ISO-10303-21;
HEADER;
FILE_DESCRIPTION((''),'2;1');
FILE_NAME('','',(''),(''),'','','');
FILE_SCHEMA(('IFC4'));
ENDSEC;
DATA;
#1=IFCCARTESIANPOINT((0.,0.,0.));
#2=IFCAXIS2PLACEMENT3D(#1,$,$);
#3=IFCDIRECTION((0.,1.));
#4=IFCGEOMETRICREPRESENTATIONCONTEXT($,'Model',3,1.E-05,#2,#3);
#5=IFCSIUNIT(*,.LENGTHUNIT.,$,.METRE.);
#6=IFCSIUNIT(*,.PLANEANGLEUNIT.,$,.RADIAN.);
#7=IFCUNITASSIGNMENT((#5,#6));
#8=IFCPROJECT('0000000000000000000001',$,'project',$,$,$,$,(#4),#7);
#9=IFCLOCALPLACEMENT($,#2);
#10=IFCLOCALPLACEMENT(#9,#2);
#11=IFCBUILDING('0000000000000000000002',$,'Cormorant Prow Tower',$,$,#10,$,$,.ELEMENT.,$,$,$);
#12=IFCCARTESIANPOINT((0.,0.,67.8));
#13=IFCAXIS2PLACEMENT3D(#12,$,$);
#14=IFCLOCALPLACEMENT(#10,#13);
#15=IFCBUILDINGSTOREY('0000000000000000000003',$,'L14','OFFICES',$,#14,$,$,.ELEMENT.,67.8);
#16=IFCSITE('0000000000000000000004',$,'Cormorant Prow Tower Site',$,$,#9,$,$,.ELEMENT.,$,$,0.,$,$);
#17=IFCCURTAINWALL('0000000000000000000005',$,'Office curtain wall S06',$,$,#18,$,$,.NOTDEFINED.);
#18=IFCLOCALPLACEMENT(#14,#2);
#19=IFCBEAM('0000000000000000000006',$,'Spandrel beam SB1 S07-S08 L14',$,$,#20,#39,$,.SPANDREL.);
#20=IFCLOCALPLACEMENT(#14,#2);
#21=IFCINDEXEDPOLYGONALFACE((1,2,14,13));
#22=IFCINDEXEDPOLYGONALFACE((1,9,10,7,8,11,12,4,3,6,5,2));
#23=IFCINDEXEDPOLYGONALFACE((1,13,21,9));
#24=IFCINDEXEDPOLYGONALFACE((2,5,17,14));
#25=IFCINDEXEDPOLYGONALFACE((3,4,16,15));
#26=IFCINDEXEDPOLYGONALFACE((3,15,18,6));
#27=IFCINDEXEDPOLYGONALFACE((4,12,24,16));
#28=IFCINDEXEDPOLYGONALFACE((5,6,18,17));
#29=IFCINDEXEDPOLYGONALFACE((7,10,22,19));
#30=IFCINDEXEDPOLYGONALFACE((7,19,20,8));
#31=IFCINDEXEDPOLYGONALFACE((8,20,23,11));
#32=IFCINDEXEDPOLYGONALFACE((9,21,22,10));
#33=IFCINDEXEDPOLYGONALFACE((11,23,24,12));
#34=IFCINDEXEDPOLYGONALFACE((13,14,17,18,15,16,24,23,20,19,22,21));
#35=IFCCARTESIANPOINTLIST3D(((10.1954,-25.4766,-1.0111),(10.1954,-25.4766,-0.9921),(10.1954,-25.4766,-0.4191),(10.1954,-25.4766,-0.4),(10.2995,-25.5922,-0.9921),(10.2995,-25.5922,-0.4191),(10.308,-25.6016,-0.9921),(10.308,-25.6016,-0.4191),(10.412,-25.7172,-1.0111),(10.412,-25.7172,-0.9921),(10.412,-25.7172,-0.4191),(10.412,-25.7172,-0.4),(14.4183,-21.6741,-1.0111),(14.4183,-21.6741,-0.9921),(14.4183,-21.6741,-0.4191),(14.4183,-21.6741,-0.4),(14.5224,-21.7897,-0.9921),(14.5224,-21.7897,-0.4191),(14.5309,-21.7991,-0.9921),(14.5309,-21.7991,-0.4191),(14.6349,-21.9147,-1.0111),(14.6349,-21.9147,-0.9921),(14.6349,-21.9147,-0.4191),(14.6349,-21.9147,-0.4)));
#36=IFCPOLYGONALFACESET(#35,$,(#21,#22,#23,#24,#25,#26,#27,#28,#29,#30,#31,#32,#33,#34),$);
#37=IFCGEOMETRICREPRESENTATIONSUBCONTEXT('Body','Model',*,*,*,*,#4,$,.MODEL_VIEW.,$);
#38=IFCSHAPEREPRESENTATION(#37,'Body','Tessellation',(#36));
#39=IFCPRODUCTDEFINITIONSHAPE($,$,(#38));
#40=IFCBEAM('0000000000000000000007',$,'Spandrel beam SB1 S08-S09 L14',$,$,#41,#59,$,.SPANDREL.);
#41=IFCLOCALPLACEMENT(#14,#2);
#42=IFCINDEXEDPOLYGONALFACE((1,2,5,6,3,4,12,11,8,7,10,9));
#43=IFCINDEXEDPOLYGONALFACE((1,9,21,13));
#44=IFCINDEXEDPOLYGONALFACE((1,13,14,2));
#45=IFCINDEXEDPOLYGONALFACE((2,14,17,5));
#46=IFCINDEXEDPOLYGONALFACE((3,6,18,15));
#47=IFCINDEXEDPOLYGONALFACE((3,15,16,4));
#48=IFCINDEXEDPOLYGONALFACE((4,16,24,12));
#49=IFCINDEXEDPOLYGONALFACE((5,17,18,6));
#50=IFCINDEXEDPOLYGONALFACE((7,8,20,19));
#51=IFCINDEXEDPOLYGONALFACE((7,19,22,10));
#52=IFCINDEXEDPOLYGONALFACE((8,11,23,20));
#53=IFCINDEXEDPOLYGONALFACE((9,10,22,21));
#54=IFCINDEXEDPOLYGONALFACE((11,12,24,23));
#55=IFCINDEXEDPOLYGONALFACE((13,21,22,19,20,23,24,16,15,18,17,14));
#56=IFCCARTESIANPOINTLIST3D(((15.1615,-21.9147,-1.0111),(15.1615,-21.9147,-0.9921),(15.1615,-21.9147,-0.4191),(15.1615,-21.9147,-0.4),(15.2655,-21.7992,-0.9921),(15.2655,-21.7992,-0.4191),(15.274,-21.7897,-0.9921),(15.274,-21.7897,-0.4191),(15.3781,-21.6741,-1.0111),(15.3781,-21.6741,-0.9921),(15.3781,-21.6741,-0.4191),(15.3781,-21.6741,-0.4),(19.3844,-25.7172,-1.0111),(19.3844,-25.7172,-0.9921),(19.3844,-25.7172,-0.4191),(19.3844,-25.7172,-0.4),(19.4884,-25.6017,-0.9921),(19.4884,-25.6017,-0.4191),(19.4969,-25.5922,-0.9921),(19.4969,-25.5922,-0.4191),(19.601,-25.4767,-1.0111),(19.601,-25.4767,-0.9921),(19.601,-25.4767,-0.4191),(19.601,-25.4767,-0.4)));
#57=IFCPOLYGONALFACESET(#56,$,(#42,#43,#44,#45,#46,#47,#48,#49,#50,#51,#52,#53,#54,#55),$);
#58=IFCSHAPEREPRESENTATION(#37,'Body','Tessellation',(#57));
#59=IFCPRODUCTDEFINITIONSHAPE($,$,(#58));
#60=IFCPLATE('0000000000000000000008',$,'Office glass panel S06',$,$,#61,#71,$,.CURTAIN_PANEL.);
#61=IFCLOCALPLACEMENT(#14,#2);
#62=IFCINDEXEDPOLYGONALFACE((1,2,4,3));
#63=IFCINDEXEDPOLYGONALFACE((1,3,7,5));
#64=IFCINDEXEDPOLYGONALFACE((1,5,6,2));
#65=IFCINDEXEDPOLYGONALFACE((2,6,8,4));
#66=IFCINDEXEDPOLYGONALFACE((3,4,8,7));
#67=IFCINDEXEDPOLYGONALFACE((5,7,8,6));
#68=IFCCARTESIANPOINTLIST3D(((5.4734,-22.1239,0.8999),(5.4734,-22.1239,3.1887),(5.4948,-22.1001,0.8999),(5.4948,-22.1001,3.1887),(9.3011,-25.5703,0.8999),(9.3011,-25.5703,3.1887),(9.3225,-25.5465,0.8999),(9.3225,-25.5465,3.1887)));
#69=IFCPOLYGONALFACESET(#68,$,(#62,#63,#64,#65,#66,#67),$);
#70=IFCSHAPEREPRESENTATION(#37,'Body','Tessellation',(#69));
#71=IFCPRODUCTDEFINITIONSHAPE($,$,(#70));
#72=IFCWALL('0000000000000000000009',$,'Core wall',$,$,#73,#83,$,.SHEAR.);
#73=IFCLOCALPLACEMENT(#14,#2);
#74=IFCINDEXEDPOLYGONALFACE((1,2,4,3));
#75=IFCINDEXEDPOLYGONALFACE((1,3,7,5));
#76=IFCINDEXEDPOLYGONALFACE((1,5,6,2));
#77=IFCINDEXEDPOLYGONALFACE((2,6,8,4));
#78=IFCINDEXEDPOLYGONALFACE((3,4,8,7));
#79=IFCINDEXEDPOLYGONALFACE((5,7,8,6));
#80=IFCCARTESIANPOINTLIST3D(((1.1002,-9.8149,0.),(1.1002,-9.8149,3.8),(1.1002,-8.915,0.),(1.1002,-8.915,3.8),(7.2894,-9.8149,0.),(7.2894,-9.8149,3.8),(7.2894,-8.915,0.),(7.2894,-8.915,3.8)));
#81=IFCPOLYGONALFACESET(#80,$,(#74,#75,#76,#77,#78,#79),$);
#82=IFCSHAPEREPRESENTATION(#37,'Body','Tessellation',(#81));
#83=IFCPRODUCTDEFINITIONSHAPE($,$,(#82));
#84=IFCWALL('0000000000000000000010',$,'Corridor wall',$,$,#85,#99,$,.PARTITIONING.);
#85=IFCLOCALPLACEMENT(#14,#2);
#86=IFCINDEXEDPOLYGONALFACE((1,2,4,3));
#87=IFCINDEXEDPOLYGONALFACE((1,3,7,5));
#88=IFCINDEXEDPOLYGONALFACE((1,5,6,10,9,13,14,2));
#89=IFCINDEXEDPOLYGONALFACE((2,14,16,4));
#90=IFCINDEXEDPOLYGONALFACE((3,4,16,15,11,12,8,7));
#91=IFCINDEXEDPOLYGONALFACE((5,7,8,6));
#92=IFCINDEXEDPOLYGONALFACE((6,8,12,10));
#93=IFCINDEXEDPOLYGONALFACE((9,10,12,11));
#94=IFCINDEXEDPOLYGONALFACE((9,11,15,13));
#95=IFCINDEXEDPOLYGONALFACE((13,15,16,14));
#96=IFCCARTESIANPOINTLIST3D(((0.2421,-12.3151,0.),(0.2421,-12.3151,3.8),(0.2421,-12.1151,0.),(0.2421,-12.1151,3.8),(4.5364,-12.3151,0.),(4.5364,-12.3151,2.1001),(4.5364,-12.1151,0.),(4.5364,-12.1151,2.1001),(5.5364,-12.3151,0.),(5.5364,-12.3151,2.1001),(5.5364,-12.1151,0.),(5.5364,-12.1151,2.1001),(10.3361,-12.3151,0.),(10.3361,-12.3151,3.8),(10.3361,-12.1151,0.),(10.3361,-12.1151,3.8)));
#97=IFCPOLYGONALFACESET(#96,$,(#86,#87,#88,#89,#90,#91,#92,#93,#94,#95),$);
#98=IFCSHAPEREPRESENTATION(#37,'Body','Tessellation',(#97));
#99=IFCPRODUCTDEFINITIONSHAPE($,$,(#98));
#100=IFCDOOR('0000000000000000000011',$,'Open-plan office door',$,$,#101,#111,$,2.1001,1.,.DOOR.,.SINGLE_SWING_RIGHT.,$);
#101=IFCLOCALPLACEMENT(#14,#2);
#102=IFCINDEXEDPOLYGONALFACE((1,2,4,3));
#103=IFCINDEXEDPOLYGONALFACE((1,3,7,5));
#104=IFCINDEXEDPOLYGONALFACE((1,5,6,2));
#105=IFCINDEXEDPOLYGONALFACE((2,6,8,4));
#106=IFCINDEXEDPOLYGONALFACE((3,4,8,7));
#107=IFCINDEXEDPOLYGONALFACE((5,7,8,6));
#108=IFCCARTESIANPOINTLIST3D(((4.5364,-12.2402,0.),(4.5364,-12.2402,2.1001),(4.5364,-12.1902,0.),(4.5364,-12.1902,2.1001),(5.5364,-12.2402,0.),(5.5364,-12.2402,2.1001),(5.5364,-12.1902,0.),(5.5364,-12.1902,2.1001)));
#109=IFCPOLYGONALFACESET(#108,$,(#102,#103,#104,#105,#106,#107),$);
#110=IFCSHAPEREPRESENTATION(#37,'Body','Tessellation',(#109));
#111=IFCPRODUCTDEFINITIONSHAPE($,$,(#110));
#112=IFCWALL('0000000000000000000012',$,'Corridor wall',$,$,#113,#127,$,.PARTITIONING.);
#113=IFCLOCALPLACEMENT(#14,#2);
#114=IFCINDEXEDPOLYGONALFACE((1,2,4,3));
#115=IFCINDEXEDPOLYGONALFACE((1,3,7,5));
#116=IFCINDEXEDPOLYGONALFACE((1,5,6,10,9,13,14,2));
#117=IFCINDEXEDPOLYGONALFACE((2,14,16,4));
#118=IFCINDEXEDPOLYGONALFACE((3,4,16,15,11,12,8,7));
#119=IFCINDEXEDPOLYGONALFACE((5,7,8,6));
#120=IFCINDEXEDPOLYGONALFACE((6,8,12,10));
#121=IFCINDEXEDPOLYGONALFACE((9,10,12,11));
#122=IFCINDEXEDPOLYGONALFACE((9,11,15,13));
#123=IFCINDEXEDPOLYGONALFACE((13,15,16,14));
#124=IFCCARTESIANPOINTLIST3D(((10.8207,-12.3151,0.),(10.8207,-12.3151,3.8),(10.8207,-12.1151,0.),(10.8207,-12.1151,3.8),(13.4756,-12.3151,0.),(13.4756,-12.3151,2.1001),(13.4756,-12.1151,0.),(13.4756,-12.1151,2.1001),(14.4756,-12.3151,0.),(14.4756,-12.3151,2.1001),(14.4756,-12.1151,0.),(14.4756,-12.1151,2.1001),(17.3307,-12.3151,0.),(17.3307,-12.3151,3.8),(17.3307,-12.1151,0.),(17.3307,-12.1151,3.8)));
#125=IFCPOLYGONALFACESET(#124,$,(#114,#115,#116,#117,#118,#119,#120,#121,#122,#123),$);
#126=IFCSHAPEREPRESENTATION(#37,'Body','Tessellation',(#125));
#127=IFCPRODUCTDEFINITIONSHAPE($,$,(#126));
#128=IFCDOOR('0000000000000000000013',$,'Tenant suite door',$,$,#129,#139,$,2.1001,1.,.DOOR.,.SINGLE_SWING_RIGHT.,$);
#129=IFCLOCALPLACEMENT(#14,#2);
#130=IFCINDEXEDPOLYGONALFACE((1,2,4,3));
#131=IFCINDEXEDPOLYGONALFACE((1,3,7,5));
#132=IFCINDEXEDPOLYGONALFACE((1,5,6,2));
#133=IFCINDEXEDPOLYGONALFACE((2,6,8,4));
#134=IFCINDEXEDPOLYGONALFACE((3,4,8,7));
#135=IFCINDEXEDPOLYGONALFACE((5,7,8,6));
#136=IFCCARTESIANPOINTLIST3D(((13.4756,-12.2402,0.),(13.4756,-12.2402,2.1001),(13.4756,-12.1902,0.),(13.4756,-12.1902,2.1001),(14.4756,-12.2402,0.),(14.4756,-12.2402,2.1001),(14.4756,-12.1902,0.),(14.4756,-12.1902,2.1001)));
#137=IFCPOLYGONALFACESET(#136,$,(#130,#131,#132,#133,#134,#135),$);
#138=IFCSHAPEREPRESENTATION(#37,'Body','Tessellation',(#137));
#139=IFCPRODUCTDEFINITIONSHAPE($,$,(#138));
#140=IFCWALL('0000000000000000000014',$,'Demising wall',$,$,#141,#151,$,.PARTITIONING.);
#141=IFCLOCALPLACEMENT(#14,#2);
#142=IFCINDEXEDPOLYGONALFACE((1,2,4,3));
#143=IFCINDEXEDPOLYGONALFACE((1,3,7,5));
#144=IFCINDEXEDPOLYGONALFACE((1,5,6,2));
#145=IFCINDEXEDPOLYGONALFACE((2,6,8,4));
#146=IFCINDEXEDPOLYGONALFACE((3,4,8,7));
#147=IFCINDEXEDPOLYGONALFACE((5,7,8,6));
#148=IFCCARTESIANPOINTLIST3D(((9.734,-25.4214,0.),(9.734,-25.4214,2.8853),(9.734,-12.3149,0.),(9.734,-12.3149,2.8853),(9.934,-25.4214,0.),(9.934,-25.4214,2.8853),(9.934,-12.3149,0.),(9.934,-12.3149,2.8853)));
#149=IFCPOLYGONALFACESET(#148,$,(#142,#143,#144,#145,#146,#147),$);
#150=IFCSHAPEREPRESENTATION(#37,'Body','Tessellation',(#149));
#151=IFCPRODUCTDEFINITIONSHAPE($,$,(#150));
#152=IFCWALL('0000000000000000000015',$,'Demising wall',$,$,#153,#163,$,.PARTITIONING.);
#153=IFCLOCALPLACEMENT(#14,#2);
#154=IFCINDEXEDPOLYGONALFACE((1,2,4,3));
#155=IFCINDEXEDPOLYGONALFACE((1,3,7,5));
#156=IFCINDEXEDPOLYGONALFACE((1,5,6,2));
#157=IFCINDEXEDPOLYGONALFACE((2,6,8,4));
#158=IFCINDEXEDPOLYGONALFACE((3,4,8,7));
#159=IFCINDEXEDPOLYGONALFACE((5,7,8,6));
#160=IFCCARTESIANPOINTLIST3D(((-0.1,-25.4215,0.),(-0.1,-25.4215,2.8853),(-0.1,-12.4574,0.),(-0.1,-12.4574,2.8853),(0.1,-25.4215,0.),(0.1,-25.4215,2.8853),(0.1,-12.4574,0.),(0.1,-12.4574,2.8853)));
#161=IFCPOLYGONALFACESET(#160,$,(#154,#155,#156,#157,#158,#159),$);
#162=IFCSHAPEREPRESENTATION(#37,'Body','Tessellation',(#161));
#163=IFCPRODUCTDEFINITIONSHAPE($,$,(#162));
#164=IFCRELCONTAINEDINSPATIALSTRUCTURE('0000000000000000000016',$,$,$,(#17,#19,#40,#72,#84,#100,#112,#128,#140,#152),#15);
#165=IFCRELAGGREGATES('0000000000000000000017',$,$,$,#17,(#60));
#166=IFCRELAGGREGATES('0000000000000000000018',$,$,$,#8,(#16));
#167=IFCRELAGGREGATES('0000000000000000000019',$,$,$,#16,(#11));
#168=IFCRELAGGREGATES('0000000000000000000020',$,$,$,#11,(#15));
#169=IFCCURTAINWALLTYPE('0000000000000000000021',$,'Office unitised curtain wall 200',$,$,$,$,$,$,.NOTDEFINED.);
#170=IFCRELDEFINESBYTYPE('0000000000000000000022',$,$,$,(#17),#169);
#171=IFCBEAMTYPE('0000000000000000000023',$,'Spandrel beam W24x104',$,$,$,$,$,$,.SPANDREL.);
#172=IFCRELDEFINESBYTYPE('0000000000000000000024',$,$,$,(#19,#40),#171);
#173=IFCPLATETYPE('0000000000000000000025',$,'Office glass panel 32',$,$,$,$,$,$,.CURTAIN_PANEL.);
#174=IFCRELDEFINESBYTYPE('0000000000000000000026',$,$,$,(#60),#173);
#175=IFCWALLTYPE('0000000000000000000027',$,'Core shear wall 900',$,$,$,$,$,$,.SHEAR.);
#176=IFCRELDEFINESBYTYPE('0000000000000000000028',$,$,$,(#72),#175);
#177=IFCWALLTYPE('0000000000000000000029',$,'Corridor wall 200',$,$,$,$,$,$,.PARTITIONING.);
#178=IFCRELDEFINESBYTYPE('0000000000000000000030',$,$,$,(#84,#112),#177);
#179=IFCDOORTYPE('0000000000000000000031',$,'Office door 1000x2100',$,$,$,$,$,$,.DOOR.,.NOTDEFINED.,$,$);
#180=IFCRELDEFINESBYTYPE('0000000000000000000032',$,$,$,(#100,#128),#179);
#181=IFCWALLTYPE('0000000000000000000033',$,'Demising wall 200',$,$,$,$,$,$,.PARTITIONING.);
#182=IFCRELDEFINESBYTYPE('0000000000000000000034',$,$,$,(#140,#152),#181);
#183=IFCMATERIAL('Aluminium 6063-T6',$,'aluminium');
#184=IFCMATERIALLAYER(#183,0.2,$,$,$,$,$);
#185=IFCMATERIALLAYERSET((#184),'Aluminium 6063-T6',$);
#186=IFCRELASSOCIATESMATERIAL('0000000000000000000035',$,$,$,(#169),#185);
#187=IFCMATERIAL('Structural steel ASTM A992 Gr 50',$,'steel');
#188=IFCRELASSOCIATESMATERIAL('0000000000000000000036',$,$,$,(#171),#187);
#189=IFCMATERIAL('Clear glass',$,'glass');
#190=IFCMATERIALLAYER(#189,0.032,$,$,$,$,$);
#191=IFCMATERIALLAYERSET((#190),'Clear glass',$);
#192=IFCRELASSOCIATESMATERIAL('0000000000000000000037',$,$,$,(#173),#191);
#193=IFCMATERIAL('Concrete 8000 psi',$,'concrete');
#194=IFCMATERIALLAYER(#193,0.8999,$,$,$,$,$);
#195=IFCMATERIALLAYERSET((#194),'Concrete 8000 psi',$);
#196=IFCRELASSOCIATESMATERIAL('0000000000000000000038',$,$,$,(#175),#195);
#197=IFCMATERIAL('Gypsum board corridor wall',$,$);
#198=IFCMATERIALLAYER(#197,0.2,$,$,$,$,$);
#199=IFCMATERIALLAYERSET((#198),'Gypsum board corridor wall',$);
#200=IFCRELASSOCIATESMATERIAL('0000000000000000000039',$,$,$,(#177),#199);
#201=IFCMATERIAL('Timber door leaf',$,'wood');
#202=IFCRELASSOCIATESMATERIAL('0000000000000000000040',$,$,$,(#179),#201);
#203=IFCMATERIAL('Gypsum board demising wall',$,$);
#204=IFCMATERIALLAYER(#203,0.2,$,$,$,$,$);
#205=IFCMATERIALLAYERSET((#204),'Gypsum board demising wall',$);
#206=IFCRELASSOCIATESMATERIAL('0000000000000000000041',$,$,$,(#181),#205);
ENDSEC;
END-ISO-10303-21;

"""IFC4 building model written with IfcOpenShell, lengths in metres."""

from ifc_helpers import new_model, si_unit, direction, frame, frame_2d, origin, origin_2d, place, context, subcontext, project, spatial, rectangle, i_section, extrude, material, layer, layer_set, material_profile, profile_set, type_object, element, fill, aggregate, save


model = new_model("IFC4")

# Units and contexts
model_context = context("Model", 3, precision=1e-05, world=origin(), true_north=direction((0.0, 1.0)))
body_context = subcontext(model_context, "Body", "Model", "MODEL_VIEW")
ifc_project = project(units=[si_unit("LENGTHUNIT", "METRE"), si_unit("PLANEANGLEUNIT", "RADIAN")], contexts=[model_context])

# Site, building, storey
site_placement = place(None, origin())
site = spatial("IfcSite", under=ifc_project, at=site_placement, Name="Cormorant Prow Tower Site", CompositionType="ELEMENT", RefElevation=0.0)
building_placement = place(site_placement, origin())
building = spatial("IfcBuilding", under=site, at=building_placement, Name="Cormorant Prow Tower", CompositionType="ELEMENT")
storey_placement = place(building_placement, frame((0.0, 0.0, 67.8)))
storey = spatial("IfcBuildingStorey", under=building, at=storey_placement, Name="L14", Description="OFFICES", CompositionType="ELEMENT", Elevation=67.8)

# Curtain wall
ifc_material_1 = material(Name="Aluminium 6063-T6", Category="aluminium")
ifc_layer_1 = layer(ifc_material_1, 0.2)
ifc_layer_set_1 = layer_set([ifc_layer_1], Name="Aluminium 6063-T6")
curtain_wall_type = type_object("IfcCurtainWallType", Name="Office unitised curtain wall 200", PredefinedType="NOTDEFINED", material=ifc_layer_set_1)
curtain_wall_1_placement = place(storey_placement, origin())
curtain_wall_1 = element("IfcCurtainWall", 1, at=curtain_wall_1_placement, inside=storey, type_object=curtain_wall_type, Name="Office curtain wall S06", PredefinedType="NOTDEFINED")

# Beams
ifc_material_2 = material(Name="Structural steel ASTM A992 Gr 50", Category="steel")
ifc_material_profile_1 = material_profile(ifc_material_2, i_section(OverallWidth=0.3237, OverallDepth=0.6111, WebThickness=0.0127, FlangeThickness=0.019, at=origin_2d()), Name="W24x104")
ifc_profile_set_1 = profile_set([ifc_material_profile_1], Name="Structural steel ASTM A992 Gr 50")
beam_type_1 = type_object("IfcBeamType", Name="Spandrel beam W24x104", PredefinedType="SPANDREL", material=ifc_profile_set_1)
for number, where, z_axis, x_axis, name in (
    (2, (10.3037, -25.5969, -0.7056), (0.74313, 0.669147, 0.0), (-0.669147, 0.74313, 0.0), "Spandrel beam SB1 S07-S08 L14"),
    (3, (15.2698, -21.7944, -0.7056), (0.74313, -0.669147, 0.0), (0.669147, 0.74313, 0.0), "Spandrel beam SB1 S08-S09 L14"),
):
    element("IfcBeam", number, at=place(storey_placement, frame(where, z_axis=z_axis, x_axis=x_axis)), inside=storey, type_object=beam_type_1, Name=name, PredefinedType="SPANDREL", context=body_context, shape_type="SweptSolid", body=[
        extrude(i_section(OverallWidth=0.3237, OverallDepth=0.6111, WebThickness=0.0127, FlangeThickness=0.019, at=origin_2d()), origin(), (0.0, 0.0, 1.0), 5.6826),
    ])

# Plate
ifc_material_3 = material(Name="Clear glass", Category="glass")
ifc_layer_2 = layer(ifc_material_3, 0.032)
ifc_layer_set_2 = layer_set([ifc_layer_2], Name="Clear glass")
plate_type = type_object("IfcPlateType", Name="Office glass panel 32", PredefinedType="CURTAIN_PANEL", material=ifc_layer_set_2)
plate_placement = place(storey_placement, frame((7.3979, -23.8352, 0.8999), z_axis=(0.0, 0.0, 1.0), x_axis=(0.743145, -0.669131, 0.0)))
plate = element("IfcPlate", 4, at=plate_placement, type_object=plate_type, Name="Office glass panel S06", PredefinedType="CURTAIN_PANEL", context=body_context, shape_type="SweptSolid", body=[
    extrude(rectangle(XDim=5.1506, YDim=0.032, at=origin_2d()), origin(), (0.0, 0.0, 1.0), 2.2888),
])
aggregate(curtain_wall_1, [plate])

# Wall
ifc_material_4 = material(Name="Concrete 8000 psi", Category="concrete")
ifc_layer_3 = layer(ifc_material_4, 0.8999)
ifc_layer_set_3 = layer_set([ifc_layer_3], Name="Concrete 8000 psi")
wall_type_1 = type_object("IfcWallType", Name="Core shear wall 900", PredefinedType="SHEAR", material=ifc_layer_set_3)
wall_1_placement = place(storey_placement, frame((1.1001, -9.365, 0.0), z_axis=(0.0, 0.0, 1.0), x_axis=(1.0, 0.0, 0.0)))
element("IfcWall", 5, at=wall_1_placement, inside=storey, type_object=wall_type_1, Name="Core wall", PredefinedType="SHEAR", context=body_context, shape_type="SweptSolid", body=[
    extrude(rectangle(XDim=6.1892, YDim=0.8999, at=frame_2d((3.0947, 0.0))), origin(), (0.0, 0.0, 1.0), 3.8),
])

# Walls, openings, doors
ifc_material_5 = material(Name="Gypsum board corridor wall")
ifc_layer_4 = layer(ifc_material_5, 0.2)
ifc_layer_set_4 = layer_set([ifc_layer_4], Name="Gypsum board corridor wall")
wall_type_2 = type_object("IfcWallType", Name="Corridor wall 200", PredefinedType="PARTITIONING", material=ifc_layer_set_4)
wall_2_placement = place(storey_placement, frame((0.2422, -12.2151, 0.0), z_axis=(0.0, 0.0, 1.0), x_axis=(1.0, 0.0, 0.0)))
wall_2 = element("IfcWall", 6, at=wall_2_placement, inside=storey, type_object=wall_type_2, Name="Corridor wall", PredefinedType="PARTITIONING", context=body_context, shape_type="SweptSolid", body=[
    extrude(rectangle(XDim=10.094, YDim=0.2, at=frame_2d((5.0469, 0.0))), origin(), (0.0, 0.0, 1.0), 3.8),
])
opening_1_placement = place(wall_2_placement, frame((4.2942, 0.0, 0.0)))
opening_1 = element("IfcOpeningElement", 7, at=opening_1_placement, cuts=wall_2, PredefinedType="OPENING", context=body_context, shape_type="SweptSolid", body=[
    extrude(rectangle(XDim=1.0, YDim=2.1001, at=frame_2d((0.5, 1.05))), frame((0.0, 0.1099, 0.0), z_axis=(0.0, -1.0, 0.0), x_axis=(1.0, 0.0, 0.0)), (0.0, 0.0, 1.0), 0.22),
])
ifc_material_6 = material(Name="Timber door leaf", Category="wood")
door_type_1 = type_object("IfcDoorType", Name="Office door 1000x2100", OperationType="NOTDEFINED", PredefinedType="DOOR", material=ifc_material_6)
door_1_placement = place(opening_1_placement, origin())
door_1 = element("IfcDoor", 8, at=door_1_placement, inside=storey, type_object=door_type_1, Name="Open-plan office door", OperationType="SINGLE_SWING_RIGHT", OverallHeight=2.1001, OverallWidth=1.0, PredefinedType="DOOR", context=body_context, shape_type="SweptSolid", body=[
    extrude(rectangle(XDim=1.0, YDim=2.1001, at=frame_2d((0.5, 1.05))), frame((0.0, 0.0249, 0.0), z_axis=(0.0, -1.0, 0.0), x_axis=(1.0, 0.0, 0.0)), (0.0, 0.0, 1.0), 0.05),
])
fill(opening_1, door_1)
wall_3_placement = place(storey_placement, frame((10.8208, -12.2151, 0.0), z_axis=(0.0, 0.0, 1.0), x_axis=(1.0, 0.0, 0.0)))
wall_3 = element("IfcWall", 9, at=wall_3_placement, inside=storey, type_object=wall_type_2, Name="Corridor wall", PredefinedType="PARTITIONING", context=body_context, shape_type="SweptSolid", body=[
    extrude(rectangle(XDim=6.51, YDim=0.2, at=frame_2d((3.2549, 0.0))), origin(), (0.0, 0.0, 1.0), 3.8),
])
opening_2_placement = place(wall_3_placement, frame((2.6548, 0.0, 0.0)))
opening_2 = element("IfcOpeningElement", 10, at=opening_2_placement, cuts=wall_3, PredefinedType="OPENING", context=body_context, shape_type="SweptSolid", body=[
    extrude(rectangle(XDim=1.0, YDim=2.1001, at=frame_2d((0.5, 1.05))), frame((0.0, 0.1099, 0.0), z_axis=(0.0, -1.0, 0.0), x_axis=(1.0, 0.0, 0.0)), (0.0, 0.0, 1.0), 0.22),
])
door_2_placement = place(opening_2_placement, origin())
door_2 = element("IfcDoor", 11, at=door_2_placement, inside=storey, type_object=door_type_1, Name="Tenant suite door", OperationType="SINGLE_SWING_RIGHT", OverallHeight=2.1001, OverallWidth=1.0, PredefinedType="DOOR", context=body_context, shape_type="SweptSolid", body=[
    extrude(rectangle(XDim=1.0, YDim=2.1001, at=frame_2d((0.5, 1.05))), frame((0.0, 0.0249, 0.0), z_axis=(0.0, -1.0, 0.0), x_axis=(1.0, 0.0, 0.0)), (0.0, 0.0, 1.0), 0.05),
])
fill(opening_2, door_2)

# Walls
ifc_material_7 = material(Name="Gypsum board demising wall")
ifc_layer_5 = layer(ifc_material_7, 0.2)
ifc_layer_set_5 = layer_set([ifc_layer_5], Name="Gypsum board demising wall")
wall_type_3 = type_object("IfcWallType", Name="Demising wall 200", PredefinedType="PARTITIONING", material=ifc_layer_set_5)
wall_4_placement = place(storey_placement, frame((9.834, -25.4214, 0.0), z_axis=(0.0, 0.0, 1.0), x_axis=(0.0, 1.0, 0.0)))
element("IfcWall", 12, at=wall_4_placement, inside=storey, type_object=wall_type_3, Name="Demising wall", PredefinedType="PARTITIONING", context=body_context, shape_type="SweptSolid", body=[
    extrude(rectangle(XDim=13.1064, YDim=0.2, at=frame_2d((6.5532, 0.0))), origin(), (0.0, 0.0, 1.0), 2.8853),
])
wall_5_placement = place(storey_placement, frame((0.0, -25.4214, 0.0), z_axis=(0.0, 0.0, 1.0), x_axis=(0.0, 1.0, 0.0)))
element("IfcWall", 13, at=wall_5_placement, inside=storey, type_object=wall_type_3, Name="Demising wall", PredefinedType="PARTITIONING", context=body_context, shape_type="SweptSolid", body=[
    extrude(rectangle(XDim=12.9641, YDim=0.2, at=frame_2d((6.4819, 0.0))), origin(), (0.0, 0.0, 1.0), 2.8853),
])

save(model, "model.ifc")
